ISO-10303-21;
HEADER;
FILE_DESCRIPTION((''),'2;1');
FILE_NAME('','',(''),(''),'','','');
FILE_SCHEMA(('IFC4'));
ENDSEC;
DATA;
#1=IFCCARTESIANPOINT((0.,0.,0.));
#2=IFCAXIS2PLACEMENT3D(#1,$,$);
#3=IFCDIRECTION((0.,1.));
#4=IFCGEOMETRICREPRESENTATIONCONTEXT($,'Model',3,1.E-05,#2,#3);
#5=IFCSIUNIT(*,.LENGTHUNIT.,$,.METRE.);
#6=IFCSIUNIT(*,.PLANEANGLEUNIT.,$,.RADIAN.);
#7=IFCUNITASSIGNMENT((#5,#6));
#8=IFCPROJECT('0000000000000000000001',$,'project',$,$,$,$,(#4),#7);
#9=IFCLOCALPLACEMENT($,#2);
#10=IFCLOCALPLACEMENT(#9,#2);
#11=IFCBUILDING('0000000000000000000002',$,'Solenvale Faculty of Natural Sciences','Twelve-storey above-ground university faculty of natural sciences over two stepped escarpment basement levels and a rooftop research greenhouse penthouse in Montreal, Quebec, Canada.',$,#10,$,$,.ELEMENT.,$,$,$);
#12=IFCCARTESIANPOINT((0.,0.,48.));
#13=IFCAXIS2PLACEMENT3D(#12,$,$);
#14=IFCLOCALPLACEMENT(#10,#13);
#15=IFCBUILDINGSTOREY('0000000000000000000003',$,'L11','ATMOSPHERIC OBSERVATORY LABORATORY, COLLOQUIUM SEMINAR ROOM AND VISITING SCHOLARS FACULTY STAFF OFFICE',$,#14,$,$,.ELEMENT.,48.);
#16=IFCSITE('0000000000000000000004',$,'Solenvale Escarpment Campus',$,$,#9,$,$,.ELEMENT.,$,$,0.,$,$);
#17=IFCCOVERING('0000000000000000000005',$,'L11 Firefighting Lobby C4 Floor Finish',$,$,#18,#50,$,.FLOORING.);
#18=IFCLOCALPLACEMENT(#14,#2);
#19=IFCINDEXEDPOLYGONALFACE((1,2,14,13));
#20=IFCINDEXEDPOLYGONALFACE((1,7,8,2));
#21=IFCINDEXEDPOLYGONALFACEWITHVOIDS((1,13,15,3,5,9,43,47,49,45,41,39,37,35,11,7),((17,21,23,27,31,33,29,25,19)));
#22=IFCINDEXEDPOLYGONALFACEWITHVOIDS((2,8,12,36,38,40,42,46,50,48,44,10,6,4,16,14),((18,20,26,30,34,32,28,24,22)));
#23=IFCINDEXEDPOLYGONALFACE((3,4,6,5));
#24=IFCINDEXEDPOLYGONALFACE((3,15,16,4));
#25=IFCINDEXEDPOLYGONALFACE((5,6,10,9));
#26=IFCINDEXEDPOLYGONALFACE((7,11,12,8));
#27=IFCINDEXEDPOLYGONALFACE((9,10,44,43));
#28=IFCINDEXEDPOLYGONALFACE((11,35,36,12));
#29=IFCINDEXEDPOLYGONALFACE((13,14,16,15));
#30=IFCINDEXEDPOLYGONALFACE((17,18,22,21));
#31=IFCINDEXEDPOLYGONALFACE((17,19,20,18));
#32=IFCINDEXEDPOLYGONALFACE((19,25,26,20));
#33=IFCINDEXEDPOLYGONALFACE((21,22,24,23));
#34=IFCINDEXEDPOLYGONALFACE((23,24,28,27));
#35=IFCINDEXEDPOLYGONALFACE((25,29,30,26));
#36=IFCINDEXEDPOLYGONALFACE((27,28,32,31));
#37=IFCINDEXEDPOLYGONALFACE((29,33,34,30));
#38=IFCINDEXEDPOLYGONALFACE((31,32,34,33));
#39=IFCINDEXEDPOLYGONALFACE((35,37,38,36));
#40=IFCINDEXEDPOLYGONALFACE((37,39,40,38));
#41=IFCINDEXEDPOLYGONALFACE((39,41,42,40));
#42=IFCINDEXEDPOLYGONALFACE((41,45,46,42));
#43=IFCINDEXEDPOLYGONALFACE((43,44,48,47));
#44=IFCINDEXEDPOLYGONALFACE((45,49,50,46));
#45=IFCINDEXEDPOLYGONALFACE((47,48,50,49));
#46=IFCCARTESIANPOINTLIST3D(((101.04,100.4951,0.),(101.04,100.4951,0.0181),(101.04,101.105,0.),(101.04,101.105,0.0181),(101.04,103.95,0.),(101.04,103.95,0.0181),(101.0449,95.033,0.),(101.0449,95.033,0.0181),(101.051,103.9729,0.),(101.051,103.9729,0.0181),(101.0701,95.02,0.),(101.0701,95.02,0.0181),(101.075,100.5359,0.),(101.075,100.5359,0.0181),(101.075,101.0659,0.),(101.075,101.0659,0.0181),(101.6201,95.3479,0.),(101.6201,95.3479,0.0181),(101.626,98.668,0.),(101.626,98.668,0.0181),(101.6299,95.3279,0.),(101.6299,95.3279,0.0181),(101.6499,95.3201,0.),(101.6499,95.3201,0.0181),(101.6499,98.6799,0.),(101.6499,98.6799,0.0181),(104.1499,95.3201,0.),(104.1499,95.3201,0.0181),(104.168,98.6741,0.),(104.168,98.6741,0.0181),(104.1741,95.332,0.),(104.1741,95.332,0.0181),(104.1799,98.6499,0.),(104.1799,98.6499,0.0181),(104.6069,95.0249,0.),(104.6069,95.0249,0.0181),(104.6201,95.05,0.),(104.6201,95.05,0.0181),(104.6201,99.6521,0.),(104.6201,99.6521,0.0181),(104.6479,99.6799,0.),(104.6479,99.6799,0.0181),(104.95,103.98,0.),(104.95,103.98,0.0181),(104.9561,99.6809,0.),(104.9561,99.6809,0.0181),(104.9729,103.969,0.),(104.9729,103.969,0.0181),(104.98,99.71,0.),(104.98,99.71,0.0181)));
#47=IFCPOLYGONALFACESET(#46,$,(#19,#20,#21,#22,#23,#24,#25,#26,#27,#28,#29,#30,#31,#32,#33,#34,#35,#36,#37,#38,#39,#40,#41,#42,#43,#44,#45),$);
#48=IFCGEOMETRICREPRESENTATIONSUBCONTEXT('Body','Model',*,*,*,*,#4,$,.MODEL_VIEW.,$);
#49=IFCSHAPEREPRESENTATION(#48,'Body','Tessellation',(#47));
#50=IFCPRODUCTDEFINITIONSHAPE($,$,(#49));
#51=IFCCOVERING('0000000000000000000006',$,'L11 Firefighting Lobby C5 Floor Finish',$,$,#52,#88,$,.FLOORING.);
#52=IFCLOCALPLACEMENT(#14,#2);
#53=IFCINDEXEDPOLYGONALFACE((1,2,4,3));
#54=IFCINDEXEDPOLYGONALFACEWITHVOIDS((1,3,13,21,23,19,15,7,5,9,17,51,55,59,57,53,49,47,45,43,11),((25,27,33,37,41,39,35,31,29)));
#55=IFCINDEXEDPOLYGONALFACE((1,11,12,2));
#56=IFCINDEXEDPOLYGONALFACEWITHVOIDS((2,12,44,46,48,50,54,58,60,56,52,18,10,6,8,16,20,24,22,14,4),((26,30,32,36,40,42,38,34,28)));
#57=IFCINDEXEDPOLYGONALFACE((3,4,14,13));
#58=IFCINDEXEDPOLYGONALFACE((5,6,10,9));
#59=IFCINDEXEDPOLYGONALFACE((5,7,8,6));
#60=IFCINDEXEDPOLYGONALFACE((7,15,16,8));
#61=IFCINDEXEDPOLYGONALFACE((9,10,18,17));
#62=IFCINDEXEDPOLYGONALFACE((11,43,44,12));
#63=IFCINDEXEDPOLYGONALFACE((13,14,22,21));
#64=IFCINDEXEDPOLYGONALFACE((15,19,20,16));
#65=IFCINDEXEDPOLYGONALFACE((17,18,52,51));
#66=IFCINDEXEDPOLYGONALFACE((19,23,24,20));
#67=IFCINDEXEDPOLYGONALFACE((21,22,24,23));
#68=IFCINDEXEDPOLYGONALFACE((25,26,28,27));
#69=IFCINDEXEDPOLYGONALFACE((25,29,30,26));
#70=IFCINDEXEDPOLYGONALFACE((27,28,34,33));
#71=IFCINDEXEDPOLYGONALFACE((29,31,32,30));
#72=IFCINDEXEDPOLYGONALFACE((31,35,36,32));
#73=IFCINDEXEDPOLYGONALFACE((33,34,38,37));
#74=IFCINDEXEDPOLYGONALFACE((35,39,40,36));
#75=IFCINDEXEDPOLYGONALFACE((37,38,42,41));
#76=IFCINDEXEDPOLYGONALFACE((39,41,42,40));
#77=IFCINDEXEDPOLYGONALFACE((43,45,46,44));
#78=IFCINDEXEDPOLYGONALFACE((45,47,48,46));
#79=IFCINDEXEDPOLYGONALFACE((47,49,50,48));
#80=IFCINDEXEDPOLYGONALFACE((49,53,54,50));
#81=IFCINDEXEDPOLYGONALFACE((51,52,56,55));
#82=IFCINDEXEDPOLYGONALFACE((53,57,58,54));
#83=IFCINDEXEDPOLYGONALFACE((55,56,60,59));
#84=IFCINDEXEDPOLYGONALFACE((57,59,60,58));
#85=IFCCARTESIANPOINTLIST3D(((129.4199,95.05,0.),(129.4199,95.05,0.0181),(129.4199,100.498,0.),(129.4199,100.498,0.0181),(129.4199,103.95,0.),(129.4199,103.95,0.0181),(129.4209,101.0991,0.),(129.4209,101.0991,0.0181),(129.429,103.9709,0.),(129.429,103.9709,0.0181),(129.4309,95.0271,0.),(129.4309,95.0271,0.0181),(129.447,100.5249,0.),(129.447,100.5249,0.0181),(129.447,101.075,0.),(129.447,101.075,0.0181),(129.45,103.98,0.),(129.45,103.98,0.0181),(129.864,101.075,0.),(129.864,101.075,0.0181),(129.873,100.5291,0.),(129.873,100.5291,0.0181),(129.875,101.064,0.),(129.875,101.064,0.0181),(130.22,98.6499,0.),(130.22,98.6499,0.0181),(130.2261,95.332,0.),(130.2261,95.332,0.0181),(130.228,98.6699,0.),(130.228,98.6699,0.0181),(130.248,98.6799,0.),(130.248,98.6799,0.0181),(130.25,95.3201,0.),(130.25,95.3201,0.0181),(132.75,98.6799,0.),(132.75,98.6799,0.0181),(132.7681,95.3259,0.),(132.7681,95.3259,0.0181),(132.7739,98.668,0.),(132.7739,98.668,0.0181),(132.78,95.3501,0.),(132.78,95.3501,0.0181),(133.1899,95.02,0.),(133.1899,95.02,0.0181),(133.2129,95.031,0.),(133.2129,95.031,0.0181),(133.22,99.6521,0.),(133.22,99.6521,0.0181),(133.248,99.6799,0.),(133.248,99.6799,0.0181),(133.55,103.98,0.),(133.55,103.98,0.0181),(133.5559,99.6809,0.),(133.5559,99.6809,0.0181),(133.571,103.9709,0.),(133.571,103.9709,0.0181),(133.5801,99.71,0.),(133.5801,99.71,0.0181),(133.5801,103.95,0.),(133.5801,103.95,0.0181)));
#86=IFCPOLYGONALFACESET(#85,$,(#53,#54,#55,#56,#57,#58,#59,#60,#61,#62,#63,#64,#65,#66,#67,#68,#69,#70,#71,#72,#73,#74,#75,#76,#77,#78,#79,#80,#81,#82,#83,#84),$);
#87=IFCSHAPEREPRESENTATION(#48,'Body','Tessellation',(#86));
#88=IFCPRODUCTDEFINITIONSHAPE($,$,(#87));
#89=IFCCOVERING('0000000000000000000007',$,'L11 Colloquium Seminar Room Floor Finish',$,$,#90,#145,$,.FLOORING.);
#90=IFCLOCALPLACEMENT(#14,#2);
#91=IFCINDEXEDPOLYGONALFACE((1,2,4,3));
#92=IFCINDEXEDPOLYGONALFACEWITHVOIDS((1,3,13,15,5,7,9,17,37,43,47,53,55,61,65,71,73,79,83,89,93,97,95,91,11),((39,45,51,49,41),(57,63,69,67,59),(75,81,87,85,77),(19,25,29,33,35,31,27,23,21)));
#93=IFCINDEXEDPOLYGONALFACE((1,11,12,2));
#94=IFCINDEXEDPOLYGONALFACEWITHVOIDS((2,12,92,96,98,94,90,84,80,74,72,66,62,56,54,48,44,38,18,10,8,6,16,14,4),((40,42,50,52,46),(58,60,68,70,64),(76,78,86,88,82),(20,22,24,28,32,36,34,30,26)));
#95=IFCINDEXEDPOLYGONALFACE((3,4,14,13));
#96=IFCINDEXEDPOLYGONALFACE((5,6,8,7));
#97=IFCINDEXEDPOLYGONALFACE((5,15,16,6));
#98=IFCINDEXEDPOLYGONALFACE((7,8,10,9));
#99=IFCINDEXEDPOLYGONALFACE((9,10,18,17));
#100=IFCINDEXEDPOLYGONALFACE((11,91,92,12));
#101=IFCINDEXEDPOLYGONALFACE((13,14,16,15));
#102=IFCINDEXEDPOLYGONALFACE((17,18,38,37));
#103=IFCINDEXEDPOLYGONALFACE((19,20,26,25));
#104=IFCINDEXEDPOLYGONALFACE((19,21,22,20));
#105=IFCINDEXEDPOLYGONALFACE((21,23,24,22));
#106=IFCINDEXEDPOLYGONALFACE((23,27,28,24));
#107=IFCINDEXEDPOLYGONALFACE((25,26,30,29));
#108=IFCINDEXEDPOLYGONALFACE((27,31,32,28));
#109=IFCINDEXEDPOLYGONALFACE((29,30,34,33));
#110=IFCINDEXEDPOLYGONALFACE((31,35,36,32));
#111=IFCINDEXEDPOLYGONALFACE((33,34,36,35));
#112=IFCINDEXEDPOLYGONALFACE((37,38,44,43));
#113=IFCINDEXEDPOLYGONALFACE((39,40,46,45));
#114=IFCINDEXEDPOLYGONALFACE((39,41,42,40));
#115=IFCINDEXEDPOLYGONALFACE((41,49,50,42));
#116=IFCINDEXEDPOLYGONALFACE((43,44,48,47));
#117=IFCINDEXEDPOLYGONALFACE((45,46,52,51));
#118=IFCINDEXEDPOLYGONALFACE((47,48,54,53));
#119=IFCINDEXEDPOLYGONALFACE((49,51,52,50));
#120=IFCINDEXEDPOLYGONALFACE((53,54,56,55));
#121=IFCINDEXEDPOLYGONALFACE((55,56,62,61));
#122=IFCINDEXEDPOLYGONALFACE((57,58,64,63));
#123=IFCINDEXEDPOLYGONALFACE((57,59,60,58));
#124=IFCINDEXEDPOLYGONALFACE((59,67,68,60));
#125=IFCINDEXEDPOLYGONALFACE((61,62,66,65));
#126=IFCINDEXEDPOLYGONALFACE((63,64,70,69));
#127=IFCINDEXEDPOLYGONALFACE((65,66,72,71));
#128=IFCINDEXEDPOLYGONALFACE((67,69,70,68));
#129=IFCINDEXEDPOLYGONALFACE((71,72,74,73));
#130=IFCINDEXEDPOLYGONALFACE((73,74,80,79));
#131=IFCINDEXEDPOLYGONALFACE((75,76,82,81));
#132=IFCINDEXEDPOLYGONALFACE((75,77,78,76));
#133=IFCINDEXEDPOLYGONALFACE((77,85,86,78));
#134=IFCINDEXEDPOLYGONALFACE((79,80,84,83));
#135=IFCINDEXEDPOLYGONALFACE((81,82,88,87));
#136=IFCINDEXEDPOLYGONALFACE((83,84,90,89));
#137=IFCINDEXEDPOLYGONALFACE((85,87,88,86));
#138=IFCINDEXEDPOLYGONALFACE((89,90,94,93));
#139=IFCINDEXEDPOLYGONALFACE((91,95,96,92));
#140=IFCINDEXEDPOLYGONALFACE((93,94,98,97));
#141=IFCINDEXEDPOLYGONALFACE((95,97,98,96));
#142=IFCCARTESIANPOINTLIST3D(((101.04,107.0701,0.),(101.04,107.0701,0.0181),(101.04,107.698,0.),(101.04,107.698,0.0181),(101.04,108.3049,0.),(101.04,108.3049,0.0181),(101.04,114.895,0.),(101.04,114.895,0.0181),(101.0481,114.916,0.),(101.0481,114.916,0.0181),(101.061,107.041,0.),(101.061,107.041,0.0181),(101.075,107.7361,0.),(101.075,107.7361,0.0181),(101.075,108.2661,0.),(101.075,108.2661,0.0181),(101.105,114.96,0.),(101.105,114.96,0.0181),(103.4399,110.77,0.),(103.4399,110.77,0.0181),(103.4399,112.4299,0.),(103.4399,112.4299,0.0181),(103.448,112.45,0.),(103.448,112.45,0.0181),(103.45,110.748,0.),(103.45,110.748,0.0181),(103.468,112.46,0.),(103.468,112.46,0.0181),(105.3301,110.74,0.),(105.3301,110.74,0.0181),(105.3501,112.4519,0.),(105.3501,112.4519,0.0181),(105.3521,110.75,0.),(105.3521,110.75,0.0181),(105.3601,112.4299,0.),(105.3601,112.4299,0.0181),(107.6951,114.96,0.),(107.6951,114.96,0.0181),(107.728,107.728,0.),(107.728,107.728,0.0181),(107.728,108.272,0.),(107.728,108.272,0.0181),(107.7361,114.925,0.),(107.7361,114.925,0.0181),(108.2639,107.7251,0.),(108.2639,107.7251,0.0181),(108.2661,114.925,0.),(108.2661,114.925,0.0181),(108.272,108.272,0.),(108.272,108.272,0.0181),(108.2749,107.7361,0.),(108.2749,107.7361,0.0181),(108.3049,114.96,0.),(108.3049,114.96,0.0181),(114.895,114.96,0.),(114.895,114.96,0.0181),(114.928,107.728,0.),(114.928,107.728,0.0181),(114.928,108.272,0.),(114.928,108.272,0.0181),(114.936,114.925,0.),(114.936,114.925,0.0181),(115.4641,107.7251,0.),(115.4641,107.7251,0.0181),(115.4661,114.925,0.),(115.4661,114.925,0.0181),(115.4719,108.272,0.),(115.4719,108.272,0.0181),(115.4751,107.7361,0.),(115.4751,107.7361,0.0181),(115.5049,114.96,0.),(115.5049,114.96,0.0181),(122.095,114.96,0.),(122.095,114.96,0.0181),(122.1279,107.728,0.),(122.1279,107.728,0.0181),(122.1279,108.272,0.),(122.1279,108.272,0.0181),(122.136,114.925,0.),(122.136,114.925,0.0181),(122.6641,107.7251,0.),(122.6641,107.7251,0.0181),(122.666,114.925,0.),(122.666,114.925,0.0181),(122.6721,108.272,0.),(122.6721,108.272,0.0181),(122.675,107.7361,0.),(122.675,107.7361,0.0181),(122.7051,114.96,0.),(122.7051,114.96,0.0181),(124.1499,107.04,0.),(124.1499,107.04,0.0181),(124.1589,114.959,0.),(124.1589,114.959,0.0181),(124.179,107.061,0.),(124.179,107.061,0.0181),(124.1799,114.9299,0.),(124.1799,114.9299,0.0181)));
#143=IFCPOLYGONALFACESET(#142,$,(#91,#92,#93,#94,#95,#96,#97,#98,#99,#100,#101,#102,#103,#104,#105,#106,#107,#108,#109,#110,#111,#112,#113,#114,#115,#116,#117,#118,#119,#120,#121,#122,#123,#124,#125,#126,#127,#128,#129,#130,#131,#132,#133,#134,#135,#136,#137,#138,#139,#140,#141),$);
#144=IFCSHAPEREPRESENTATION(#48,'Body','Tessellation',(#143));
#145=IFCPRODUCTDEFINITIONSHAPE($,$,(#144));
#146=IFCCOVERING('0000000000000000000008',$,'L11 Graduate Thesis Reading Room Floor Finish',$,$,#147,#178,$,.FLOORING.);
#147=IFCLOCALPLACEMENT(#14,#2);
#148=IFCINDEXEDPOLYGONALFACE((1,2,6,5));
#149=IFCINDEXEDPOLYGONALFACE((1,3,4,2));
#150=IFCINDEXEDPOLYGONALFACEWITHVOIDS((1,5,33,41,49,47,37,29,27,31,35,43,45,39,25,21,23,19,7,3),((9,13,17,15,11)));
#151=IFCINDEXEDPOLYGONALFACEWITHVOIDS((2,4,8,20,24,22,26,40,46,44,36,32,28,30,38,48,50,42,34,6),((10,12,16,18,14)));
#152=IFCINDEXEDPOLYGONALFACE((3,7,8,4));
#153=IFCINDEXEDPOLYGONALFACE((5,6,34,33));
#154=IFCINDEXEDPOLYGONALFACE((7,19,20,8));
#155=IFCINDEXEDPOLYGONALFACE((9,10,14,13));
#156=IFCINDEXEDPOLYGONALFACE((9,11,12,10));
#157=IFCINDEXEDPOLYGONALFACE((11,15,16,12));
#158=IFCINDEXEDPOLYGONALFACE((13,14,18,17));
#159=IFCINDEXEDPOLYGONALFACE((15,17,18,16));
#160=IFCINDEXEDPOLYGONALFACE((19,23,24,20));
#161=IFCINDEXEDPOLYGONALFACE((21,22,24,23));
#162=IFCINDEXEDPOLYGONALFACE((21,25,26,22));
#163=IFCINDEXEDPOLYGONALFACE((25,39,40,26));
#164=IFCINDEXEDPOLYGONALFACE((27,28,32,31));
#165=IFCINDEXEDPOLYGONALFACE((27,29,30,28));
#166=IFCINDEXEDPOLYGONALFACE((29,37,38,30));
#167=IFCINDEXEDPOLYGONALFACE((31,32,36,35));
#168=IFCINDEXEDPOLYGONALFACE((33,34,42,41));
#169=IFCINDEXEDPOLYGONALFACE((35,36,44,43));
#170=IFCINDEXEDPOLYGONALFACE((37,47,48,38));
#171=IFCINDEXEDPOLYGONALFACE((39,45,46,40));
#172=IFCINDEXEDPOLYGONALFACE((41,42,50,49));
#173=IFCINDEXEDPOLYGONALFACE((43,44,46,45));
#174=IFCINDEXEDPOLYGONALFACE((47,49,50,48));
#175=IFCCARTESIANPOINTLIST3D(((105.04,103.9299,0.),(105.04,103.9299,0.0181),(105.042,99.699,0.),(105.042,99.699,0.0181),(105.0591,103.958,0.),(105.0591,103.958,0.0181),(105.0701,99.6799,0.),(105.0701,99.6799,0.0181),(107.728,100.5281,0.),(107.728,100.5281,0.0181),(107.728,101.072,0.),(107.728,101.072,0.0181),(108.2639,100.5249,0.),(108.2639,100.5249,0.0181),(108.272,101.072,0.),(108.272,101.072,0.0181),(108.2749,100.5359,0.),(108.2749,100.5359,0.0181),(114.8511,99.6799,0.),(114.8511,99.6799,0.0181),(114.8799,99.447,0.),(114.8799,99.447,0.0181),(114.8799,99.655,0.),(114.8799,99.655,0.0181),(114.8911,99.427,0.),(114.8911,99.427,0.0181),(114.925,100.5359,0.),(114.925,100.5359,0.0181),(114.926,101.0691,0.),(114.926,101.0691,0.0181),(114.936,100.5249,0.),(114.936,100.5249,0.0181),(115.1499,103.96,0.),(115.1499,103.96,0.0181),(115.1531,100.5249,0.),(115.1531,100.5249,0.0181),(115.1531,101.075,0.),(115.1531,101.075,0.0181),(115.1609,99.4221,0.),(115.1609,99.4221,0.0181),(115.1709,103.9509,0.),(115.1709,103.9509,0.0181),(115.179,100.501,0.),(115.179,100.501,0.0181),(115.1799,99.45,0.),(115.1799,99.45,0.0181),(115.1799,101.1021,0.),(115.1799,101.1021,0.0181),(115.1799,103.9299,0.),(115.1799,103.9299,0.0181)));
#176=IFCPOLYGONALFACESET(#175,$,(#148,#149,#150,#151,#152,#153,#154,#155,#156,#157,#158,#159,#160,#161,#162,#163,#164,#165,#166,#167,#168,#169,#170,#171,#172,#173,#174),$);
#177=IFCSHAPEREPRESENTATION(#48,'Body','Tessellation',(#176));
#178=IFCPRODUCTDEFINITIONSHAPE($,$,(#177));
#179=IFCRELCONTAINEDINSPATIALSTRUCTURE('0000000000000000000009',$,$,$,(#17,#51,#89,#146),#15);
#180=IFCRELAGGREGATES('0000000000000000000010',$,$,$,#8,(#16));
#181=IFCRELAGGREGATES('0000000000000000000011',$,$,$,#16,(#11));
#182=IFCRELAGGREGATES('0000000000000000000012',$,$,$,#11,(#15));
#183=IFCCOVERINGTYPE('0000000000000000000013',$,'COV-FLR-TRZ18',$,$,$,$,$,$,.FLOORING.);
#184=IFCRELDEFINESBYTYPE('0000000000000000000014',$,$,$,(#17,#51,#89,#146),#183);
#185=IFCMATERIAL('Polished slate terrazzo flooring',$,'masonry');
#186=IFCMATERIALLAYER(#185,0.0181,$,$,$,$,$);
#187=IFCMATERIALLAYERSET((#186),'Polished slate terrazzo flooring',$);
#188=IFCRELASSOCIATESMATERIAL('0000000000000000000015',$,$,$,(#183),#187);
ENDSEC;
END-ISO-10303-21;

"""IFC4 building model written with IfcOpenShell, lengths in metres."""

from ifc_helpers import new_model, si_unit, direction, frame, origin, place, context, subcontext, project, spatial, polyline, outline, extrude, material, layer, layer_set, type_object, element, save


model = new_model("IFC4")

# Units and contexts
model_context = context("Model", 3, precision=1e-05, world=origin(), true_north=direction((0.0, 1.0)))
body_context = subcontext(model_context, "Body", "Model", "MODEL_VIEW")
ifc_project = project(units=[si_unit("LENGTHUNIT", "METRE"), si_unit("PLANEANGLEUNIT", "RADIAN")], contexts=[model_context])

# Site, building, storey
site_placement = place(None, origin())
site = spatial("IfcSite", under=ifc_project, at=site_placement, Name="Solenvale Escarpment Campus", CompositionType="ELEMENT", RefElevation=0.0)
building_placement = place(site_placement, origin())
building = spatial("IfcBuilding", under=site, at=building_placement, Name="Solenvale Faculty of Natural Sciences", Description="Twelve-storey above-ground university faculty of natural sciences over two stepped escarpment basement levels and a rooftop research greenhouse penthouse in Montreal, Quebec, Canada.", CompositionType="ELEMENT")
storey_placement = place(building_placement, frame((0.0, 0.0, 48.0)))
storey = spatial("IfcBuildingStorey", under=building, at=storey_placement, Name="L11", Description="ATMOSPHERIC OBSERVATORY LABORATORY, COLLOQUIUM SEMINAR ROOM AND VISITING SCHOLARS FACULTY STAFF OFFICE", CompositionType="ELEMENT", Elevation=48.0)

# Coverings
ifc_material_1 = material(Name="Polished slate terrazzo flooring", Category="masonry")
ifc_layer_1 = layer(ifc_material_1, 0.0181)
ifc_layer_set_1 = layer_set([ifc_layer_1], Name="Polished slate terrazzo flooring")
covering_type_1 = type_object("IfcCoveringType", Name="COV-FLR-TRZ18", PredefinedType="FLOORING", material=ifc_layer_set_1)
covering_1_placement = place(storey_placement, origin())
element("IfcCovering", 1, at=covering_1_placement, inside=storey, type_object=covering_type_1, Name="L11 Firefighting Lobby C4 Floor Finish", PredefinedType="FLOORING", context=body_context, shape_type="SweptSolid", body=[
    extrude(outline(polyline([(101.04, 100.4951), (101.075, 100.5359), (101.075, 101.0659), (101.04, 101.105), (101.04, 103.95), (101.051, 103.9729), (104.95, 103.98), (104.9729, 103.969), (104.98, 99.71), (104.9561, 99.6809), (104.6479, 99.6799), (104.6201, 99.6521), (104.6201, 95.05), (104.6069, 95.0249), (101.0701, 95.02), (101.0449, 95.033), (101.04, 100.4951)]), holes=[polyline([(101.6201, 95.3479), (101.6299, 95.3279), (101.6499, 95.3201), (104.1499, 95.3201), (104.1741, 95.332), (104.1799, 98.6499), (104.168, 98.6741), (101.6499, 98.6799), (101.626, 98.668), (101.6201, 95.3479)])]), origin(), (0.0, 0.0, 1.0), 0.0181),
])
covering_2_placement = place(storey_placement, origin())
element("IfcCovering", 2, at=covering_2_placement, inside=storey, type_object=covering_type_1, Name="L11 Firefighting Lobby C5 Floor Finish", PredefinedType="FLOORING", context=body_context, shape_type="SweptSolid", body=[
    extrude(outline(polyline([(133.5801, 99.71), (133.5559, 99.6809), (133.248, 99.6799), (133.22, 99.6521), (133.2129, 95.031), (133.1899, 95.02), (129.4309, 95.0271), (129.4199, 95.05), (129.4199, 100.498), (129.447, 100.5249), (129.873, 100.5291), (129.875, 101.064), (129.864, 101.075), (129.447, 101.075), (129.4209, 101.0991), (129.4199, 103.95), (129.429, 103.9709), (129.45, 103.98), (133.55, 103.98), (133.571, 103.9709), (133.5801, 103.95), (133.5801, 99.71)]), holes=[polyline([(130.248, 98.6799), (130.228, 98.6699), (130.22, 98.6499), (130.2261, 95.332), (130.25, 95.3201), (132.7681, 95.3259), (132.78, 95.3501), (132.7739, 98.668), (132.75, 98.6799), (130.248, 98.6799)])]), origin(), (0.0, 0.0, 1.0), 0.0181),
])
covering_3_placement = place(storey_placement, origin())
element("IfcCovering", 3, at=covering_3_placement, inside=storey, type_object=covering_type_1, Name="L11 Colloquium Seminar Room Floor Finish", PredefinedType="FLOORING", context=body_context, shape_type="SweptSolid", body=[
    extrude(outline(polyline([(101.04, 114.895), (101.0481, 114.916), (101.105, 114.96), (107.6951, 114.96), (107.7361, 114.925), (108.2661, 114.925), (108.3049, 114.96), (114.895, 114.96), (114.936, 114.925), (115.4661, 114.925), (115.5049, 114.96), (122.095, 114.96), (122.136, 114.925), (122.666, 114.925), (122.7051, 114.96), (124.1589, 114.959), (124.1799, 114.9299), (124.179, 107.061), (124.1499, 107.04), (101.061, 107.041), (101.04, 107.0701), (101.04, 107.698), (101.075, 107.7361), (101.075, 108.2661), (101.04, 108.3049), (101.04, 114.895)]), holes=[polyline([(122.6641, 107.7251), (122.675, 107.7361), (122.6721, 108.272), (122.1279, 108.272), (122.1279, 107.728), (122.6641, 107.7251)]), polyline([(115.4641, 107.7251), (115.4751, 107.7361), (115.4719, 108.272), (114.928, 108.272), (114.928, 107.728), (115.4641, 107.7251)]), polyline([(108.2639, 107.7251), (108.2749, 107.7361), (108.272, 108.272), (107.728, 108.272), (107.728, 107.728), (108.2639, 107.7251)]), polyline([(103.468, 112.46), (103.448, 112.45), (103.4399, 112.4299), (103.4399, 110.77), (103.45, 110.748), (105.3301, 110.74), (105.3521, 110.75), (105.3601, 112.4299), (105.3501, 112.4519), (103.468, 112.46)])]), origin(), (0.0, 0.0, 1.0), 0.0181),
])
covering_4_placement = place(storey_placement, origin())
element("IfcCovering", 4, at=covering_4_placement, inside=storey, type_object=covering_type_1, Name="L11 Graduate Thesis Reading Room Floor Finish", PredefinedType="FLOORING", context=body_context, shape_type="SweptSolid", body=[
    extrude(outline(polyline([(115.1499, 103.96), (115.1709, 103.9509), (115.1799, 103.9299), (115.1799, 101.1021), (115.1531, 101.075), (114.926, 101.0691), (114.925, 100.5359), (114.936, 100.5249), (115.1531, 100.5249), (115.179, 100.501), (115.1799, 99.45), (115.1609, 99.4221), (114.8911, 99.427), (114.8799, 99.447), (114.8799, 99.655), (114.8511, 99.6799), (105.0701, 99.6799), (105.042, 99.699), (105.04, 103.9299), (105.0591, 103.958), (115.1499, 103.96)]), holes=[polyline([(108.2639, 100.5249), (108.2749, 100.5359), (108.272, 101.072), (107.728, 101.072), (107.728, 100.5281), (108.2639, 100.5249)])]), origin(), (0.0, 0.0, 1.0), 0.0181),
])

save(model, "model.ifc")
